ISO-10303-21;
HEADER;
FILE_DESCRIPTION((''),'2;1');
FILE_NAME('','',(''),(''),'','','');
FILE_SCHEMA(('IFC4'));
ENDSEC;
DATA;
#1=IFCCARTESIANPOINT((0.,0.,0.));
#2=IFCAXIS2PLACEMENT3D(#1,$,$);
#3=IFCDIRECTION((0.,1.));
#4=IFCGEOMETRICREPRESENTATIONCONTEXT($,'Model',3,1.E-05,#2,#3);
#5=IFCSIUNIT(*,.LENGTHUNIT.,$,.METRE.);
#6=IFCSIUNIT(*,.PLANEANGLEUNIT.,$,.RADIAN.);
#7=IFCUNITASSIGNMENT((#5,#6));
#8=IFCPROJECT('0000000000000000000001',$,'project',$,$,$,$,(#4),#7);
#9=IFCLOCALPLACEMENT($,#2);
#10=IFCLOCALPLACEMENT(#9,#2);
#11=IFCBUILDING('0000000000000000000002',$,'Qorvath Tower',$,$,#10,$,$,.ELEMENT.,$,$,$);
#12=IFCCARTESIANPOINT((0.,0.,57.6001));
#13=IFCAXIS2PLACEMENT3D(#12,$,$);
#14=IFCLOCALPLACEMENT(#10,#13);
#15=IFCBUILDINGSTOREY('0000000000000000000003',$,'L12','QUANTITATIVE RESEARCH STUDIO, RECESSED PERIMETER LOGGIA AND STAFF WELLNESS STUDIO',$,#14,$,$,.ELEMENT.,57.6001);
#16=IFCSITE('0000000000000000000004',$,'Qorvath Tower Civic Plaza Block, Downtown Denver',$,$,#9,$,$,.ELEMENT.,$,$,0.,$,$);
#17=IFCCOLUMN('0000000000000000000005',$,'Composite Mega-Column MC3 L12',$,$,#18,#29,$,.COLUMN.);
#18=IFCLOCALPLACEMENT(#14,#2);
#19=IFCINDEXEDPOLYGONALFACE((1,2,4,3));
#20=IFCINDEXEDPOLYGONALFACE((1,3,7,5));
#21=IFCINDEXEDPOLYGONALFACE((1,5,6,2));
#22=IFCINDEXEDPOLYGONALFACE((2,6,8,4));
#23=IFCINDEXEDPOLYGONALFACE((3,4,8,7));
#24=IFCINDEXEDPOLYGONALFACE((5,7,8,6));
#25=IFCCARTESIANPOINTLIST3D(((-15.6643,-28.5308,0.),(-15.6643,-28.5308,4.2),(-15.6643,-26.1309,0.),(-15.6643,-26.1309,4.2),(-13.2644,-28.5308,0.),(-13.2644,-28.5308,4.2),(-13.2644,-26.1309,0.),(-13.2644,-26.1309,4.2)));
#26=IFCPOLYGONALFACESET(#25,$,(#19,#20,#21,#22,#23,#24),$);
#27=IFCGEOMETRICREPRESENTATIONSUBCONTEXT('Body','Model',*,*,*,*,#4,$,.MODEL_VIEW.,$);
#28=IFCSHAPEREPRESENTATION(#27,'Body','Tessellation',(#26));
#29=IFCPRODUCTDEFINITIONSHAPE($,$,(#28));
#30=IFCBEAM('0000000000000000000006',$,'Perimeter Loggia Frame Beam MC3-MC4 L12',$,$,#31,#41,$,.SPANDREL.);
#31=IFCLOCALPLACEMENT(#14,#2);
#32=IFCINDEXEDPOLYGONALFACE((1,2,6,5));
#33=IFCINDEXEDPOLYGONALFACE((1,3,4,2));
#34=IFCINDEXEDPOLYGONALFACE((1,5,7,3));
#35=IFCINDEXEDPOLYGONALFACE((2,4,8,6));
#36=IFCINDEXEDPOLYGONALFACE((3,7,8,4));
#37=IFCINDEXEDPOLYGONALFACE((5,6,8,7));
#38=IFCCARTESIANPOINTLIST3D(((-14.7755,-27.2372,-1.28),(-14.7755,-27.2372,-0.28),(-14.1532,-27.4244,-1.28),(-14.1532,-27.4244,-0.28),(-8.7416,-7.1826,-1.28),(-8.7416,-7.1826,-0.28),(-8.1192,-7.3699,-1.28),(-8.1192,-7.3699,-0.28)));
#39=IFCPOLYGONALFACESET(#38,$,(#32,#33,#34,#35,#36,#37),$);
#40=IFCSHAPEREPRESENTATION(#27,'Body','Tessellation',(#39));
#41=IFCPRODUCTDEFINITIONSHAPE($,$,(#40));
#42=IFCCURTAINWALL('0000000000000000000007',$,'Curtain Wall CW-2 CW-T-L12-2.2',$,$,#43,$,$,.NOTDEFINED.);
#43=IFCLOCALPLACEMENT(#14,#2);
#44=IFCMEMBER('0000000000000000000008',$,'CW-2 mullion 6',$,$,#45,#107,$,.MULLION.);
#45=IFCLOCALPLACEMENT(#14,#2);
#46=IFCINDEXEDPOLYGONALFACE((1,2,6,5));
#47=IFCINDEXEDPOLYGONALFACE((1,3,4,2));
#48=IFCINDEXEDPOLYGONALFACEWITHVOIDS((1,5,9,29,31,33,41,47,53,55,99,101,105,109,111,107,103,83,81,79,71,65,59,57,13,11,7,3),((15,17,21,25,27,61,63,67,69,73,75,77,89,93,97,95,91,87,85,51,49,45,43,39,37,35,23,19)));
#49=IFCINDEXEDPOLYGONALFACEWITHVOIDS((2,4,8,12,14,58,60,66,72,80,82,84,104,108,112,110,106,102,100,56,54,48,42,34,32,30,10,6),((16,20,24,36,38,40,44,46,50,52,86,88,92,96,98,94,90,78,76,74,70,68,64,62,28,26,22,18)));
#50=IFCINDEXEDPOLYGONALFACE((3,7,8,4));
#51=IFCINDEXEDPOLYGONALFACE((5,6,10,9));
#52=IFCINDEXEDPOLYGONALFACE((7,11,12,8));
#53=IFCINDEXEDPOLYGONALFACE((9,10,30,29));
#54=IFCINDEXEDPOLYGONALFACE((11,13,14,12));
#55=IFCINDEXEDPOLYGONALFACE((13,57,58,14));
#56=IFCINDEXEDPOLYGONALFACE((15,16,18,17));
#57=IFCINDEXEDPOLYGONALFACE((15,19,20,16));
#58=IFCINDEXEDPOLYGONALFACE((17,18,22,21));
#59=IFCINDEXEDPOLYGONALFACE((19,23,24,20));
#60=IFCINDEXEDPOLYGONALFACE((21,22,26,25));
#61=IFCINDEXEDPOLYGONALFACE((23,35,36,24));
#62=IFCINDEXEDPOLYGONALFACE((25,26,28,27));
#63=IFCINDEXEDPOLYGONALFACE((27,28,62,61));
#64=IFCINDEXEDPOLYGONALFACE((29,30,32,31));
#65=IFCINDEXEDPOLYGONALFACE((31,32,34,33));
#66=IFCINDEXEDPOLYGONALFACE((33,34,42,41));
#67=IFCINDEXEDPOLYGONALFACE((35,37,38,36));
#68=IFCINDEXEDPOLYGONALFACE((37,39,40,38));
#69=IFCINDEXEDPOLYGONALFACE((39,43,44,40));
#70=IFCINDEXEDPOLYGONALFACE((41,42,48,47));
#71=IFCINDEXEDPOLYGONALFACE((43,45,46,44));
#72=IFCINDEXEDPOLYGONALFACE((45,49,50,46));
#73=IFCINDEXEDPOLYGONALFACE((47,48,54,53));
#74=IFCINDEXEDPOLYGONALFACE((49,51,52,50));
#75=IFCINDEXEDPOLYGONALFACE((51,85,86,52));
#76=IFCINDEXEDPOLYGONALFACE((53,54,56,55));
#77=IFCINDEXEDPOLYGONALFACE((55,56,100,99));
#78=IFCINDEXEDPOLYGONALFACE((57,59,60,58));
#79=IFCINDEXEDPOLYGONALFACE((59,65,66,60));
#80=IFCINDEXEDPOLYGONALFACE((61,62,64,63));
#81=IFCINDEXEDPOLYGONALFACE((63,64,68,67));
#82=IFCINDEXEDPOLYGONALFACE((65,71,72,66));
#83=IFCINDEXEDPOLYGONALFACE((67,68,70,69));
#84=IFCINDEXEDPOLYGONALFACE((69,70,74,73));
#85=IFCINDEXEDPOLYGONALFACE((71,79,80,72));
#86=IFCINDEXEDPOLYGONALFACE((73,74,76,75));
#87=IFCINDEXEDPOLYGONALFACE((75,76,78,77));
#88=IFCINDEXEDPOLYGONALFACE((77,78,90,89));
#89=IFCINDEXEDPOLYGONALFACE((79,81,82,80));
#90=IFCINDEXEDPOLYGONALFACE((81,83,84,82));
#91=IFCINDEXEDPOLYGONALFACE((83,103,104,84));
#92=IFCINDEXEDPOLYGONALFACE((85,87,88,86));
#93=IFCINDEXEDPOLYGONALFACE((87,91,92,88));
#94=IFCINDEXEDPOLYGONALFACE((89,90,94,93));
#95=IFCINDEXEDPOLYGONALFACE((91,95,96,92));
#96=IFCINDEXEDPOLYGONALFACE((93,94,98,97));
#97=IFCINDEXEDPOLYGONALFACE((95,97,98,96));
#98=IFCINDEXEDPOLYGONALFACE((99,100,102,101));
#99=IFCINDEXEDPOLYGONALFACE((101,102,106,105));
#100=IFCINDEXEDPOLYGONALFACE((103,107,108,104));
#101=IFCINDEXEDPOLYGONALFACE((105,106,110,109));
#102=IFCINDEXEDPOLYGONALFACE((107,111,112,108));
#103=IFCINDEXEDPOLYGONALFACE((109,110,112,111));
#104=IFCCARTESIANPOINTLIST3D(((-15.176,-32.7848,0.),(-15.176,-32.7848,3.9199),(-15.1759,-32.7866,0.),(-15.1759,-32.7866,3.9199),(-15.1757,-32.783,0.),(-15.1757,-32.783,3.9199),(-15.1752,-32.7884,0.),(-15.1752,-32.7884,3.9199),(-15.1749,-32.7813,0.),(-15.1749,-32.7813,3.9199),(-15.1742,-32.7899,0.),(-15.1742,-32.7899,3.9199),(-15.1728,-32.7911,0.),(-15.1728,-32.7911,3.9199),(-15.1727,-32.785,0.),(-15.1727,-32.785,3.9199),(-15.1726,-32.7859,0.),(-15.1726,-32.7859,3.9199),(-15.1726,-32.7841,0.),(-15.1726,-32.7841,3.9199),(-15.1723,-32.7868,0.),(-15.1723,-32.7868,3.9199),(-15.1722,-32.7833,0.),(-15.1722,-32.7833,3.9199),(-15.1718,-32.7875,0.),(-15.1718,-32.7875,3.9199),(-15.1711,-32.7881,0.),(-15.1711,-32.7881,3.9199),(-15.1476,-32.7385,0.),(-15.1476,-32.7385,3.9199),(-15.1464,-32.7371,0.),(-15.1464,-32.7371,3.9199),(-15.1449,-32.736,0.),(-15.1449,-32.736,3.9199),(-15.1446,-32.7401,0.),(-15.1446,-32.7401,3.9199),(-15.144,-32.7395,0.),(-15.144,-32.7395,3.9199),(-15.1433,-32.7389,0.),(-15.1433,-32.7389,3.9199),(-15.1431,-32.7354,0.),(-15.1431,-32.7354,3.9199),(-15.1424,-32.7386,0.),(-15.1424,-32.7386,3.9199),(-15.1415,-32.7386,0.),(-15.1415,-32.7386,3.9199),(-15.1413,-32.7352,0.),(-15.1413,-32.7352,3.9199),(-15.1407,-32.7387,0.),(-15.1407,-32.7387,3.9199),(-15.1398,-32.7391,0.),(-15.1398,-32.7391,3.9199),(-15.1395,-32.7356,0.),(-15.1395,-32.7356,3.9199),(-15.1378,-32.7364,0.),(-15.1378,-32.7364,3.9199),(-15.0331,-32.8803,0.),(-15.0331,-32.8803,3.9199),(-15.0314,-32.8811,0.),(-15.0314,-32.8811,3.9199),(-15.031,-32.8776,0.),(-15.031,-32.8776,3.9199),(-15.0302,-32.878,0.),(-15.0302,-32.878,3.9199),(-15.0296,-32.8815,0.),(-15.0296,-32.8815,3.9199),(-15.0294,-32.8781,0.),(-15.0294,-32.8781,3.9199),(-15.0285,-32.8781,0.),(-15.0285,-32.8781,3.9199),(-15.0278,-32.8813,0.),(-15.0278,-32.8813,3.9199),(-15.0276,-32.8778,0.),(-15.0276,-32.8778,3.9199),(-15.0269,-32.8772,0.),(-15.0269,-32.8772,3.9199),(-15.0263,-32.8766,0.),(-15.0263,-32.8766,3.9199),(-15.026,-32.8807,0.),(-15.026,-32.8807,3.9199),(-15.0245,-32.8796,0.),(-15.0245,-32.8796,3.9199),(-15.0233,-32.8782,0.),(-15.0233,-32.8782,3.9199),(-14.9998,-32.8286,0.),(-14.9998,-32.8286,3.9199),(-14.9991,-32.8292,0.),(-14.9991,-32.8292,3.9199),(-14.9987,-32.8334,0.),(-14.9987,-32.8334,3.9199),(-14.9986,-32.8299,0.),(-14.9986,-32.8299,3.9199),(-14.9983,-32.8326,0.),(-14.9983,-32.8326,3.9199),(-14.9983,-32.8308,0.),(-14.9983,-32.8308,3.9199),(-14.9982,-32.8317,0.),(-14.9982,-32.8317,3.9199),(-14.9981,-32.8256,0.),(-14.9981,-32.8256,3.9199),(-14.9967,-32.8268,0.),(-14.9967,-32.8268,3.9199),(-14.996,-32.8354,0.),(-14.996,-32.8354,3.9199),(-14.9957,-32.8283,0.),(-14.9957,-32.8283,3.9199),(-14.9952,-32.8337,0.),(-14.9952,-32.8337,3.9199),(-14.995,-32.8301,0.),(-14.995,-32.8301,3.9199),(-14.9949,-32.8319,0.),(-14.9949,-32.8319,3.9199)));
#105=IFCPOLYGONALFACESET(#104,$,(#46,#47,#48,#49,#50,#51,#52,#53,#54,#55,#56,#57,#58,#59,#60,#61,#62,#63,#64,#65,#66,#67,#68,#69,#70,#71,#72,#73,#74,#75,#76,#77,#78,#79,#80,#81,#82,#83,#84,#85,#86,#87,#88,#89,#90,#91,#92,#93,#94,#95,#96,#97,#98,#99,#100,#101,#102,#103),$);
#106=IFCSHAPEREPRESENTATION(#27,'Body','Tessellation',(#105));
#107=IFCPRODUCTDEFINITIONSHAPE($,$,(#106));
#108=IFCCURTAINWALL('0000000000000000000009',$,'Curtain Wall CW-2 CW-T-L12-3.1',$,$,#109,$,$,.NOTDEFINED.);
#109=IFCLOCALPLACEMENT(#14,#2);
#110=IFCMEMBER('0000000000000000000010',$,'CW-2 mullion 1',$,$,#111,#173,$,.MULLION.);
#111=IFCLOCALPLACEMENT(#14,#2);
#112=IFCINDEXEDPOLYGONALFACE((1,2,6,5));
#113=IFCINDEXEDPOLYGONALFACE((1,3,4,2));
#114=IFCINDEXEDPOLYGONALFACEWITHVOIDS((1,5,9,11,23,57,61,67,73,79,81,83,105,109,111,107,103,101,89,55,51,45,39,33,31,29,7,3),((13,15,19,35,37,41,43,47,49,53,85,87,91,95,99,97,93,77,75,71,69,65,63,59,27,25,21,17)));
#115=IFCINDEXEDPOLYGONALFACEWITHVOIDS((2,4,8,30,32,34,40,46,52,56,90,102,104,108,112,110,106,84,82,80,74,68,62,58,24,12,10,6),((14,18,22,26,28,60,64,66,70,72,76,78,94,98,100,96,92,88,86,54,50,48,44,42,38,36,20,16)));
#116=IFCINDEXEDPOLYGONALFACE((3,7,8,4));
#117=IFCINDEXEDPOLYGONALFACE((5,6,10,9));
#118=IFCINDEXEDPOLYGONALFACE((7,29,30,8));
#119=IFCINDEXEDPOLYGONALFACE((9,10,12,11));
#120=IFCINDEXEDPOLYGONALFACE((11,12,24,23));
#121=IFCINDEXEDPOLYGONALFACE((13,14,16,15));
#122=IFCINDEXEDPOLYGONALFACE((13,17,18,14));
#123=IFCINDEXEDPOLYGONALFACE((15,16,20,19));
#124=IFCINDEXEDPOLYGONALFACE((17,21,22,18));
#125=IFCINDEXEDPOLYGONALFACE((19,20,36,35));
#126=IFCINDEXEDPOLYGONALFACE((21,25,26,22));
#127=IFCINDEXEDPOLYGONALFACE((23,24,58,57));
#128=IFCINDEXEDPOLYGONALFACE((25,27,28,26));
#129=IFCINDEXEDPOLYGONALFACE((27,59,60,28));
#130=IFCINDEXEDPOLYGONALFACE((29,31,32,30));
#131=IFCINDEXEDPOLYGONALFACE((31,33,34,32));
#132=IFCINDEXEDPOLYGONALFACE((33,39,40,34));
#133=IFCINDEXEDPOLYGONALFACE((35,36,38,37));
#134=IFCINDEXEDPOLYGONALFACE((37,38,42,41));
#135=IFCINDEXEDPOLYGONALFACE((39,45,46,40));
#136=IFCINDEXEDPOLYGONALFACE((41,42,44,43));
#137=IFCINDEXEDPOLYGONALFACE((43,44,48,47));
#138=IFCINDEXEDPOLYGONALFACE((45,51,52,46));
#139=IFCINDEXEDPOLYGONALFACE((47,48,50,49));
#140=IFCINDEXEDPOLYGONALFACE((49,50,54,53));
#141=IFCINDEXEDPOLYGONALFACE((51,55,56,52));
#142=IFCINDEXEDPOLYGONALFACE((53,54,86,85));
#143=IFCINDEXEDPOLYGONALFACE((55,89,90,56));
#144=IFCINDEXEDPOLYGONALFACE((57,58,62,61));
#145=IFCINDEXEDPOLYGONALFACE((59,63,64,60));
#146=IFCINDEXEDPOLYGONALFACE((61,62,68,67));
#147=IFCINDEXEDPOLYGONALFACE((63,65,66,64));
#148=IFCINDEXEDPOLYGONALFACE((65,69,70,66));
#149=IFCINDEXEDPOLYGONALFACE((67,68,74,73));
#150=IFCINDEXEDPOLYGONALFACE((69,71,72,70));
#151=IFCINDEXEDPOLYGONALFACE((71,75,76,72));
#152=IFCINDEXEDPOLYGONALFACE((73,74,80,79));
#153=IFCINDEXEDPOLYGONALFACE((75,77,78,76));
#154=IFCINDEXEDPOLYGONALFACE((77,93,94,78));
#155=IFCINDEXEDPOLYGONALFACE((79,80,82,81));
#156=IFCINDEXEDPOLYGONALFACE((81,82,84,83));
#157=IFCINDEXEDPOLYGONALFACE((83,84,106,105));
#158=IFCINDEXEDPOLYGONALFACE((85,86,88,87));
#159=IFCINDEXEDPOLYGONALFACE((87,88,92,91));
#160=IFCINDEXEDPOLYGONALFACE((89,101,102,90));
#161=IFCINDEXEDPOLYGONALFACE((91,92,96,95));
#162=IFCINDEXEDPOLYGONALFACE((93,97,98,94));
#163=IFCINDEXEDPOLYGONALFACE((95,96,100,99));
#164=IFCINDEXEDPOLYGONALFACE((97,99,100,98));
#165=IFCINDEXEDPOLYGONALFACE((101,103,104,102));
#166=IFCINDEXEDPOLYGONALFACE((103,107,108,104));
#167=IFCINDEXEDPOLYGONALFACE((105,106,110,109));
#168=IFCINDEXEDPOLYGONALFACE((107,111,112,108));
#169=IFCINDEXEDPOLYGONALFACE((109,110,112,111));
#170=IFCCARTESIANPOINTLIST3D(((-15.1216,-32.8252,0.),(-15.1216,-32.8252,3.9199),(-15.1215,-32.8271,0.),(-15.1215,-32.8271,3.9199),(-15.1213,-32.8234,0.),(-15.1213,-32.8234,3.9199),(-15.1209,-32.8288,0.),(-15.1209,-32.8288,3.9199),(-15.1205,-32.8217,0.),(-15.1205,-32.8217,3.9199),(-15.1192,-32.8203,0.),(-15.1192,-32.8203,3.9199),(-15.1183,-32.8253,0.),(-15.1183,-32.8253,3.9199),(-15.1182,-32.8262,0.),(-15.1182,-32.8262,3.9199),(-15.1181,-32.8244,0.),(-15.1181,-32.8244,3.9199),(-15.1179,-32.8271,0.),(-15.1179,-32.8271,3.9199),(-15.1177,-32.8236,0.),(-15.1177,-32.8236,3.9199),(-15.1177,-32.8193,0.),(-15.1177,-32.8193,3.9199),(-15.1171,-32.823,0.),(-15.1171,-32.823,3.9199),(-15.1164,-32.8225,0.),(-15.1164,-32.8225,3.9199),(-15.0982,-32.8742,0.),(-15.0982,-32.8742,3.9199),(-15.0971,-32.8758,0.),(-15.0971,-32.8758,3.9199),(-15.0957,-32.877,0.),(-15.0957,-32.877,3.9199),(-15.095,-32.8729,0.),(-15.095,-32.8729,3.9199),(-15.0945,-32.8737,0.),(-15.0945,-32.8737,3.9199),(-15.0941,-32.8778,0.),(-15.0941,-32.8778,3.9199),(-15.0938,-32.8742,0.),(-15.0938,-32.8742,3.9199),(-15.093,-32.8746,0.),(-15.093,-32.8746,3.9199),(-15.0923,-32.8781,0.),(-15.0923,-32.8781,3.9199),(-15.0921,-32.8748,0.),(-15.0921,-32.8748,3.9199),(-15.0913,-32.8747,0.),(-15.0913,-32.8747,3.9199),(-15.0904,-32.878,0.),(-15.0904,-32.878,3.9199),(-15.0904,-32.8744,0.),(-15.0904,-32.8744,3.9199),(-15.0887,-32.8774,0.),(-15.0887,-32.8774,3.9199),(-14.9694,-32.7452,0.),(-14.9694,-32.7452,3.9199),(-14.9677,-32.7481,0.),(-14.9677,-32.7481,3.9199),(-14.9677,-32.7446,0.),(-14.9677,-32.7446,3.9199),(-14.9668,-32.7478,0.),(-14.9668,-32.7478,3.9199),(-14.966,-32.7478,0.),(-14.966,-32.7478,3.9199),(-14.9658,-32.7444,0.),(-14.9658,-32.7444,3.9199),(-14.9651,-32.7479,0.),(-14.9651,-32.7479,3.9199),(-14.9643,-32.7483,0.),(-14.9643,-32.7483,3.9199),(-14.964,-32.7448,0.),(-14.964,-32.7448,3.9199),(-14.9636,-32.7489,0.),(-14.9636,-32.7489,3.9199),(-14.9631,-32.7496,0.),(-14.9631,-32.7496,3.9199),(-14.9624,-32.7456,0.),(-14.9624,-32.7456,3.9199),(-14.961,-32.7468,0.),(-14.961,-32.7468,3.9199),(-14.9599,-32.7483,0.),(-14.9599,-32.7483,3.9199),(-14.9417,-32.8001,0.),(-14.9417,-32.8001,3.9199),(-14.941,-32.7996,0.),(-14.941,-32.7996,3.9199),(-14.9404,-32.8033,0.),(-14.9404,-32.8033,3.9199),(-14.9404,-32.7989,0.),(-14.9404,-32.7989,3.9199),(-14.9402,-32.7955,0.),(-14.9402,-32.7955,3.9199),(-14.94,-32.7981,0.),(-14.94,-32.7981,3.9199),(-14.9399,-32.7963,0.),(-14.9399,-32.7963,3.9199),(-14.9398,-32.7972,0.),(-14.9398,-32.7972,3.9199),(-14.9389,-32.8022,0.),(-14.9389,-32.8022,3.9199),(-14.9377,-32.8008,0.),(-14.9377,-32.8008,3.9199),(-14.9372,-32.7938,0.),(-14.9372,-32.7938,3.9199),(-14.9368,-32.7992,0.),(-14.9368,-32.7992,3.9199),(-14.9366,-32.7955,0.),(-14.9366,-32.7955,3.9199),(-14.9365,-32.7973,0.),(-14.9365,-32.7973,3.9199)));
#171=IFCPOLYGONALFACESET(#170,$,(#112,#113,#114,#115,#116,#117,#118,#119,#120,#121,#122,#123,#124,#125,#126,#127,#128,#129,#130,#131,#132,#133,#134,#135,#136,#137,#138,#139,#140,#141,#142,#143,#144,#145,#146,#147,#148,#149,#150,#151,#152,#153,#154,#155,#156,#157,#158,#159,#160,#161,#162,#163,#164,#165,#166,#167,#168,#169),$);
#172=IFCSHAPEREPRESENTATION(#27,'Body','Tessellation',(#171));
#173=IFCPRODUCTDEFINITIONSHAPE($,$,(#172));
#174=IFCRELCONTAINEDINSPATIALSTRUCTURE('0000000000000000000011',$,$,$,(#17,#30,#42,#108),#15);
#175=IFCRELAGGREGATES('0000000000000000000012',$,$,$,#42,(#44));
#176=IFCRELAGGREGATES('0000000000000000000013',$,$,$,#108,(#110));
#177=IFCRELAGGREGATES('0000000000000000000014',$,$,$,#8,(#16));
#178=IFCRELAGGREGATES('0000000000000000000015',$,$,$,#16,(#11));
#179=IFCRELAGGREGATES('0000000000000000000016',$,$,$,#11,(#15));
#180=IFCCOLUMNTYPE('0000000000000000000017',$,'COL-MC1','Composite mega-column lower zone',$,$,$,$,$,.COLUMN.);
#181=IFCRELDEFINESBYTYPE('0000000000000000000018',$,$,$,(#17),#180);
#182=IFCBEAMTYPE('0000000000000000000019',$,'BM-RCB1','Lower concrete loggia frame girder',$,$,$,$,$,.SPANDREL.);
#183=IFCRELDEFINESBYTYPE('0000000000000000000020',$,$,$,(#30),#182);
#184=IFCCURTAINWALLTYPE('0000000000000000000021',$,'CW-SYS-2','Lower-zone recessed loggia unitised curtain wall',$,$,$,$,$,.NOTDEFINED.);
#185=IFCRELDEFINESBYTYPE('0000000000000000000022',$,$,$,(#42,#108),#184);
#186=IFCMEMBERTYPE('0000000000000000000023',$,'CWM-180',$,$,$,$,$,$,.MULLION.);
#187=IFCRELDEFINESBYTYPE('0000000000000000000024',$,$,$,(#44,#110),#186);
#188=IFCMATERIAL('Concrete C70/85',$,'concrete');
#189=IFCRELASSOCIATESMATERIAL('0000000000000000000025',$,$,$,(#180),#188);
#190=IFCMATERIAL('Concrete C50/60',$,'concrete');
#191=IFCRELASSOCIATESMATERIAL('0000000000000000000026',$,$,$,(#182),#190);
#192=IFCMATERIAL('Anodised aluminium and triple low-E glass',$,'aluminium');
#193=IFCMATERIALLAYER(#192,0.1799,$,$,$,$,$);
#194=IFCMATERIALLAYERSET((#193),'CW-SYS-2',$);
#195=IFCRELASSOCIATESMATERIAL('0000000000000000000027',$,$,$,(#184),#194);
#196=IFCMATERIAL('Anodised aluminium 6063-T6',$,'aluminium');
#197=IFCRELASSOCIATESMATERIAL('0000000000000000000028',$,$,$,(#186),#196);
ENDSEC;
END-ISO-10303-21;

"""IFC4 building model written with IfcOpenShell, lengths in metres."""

from ifc_helpers import new_model, si_unit, direction, frame, origin, origin_2d, place, context, subcontext, project, spatial, rectangle, hollow_rectangle, extrude, material, layer, layer_set, material_profile, profile_set, type_object, element, aggregate, save


model = new_model("IFC4")

# Units and contexts
model_context = context("Model", 3, precision=1e-05, world=origin(), true_north=direction((0.0, 1.0)))
body_context = subcontext(model_context, "Body", "Model", "MODEL_VIEW")
ifc_project = project(units=[si_unit("LENGTHUNIT", "METRE"), si_unit("PLANEANGLEUNIT", "RADIAN")], contexts=[model_context])

# Site, building, storey
site_placement = place(None, origin())
site = spatial("IfcSite", under=ifc_project, at=site_placement, Name="Qorvath Tower Civic Plaza Block, Downtown Denver", CompositionType="ELEMENT", RefElevation=0.0)
building_placement = place(site_placement, origin())
building = spatial("IfcBuilding", under=site, at=building_placement, Name="Qorvath Tower", CompositionType="ELEMENT")
storey_placement = place(building_placement, frame((0.0, 0.0, 57.6001)))
storey = spatial("IfcBuildingStorey", under=building, at=storey_placement, Name="L12", Description="QUANTITATIVE RESEARCH STUDIO, RECESSED PERIMETER LOGGIA AND STAFF WELLNESS STUDIO", CompositionType="ELEMENT", Elevation=57.6001)

# Column
ifc_material_1 = material(Name="Concrete C70/85", Category="concrete")
ifc_material_profile_1 = material_profile(ifc_material_1, rectangle(XDim=2.3999, YDim=2.3999, at=origin_2d()), Name="MC 2400x2400")
ifc_profile_set_1 = profile_set([ifc_material_profile_1], Name="Concrete C70/85")
column_type = type_object("IfcColumnType", Name="COL-MC1", Description="Composite mega-column lower zone", PredefinedType="COLUMN", material=ifc_profile_set_1)
column_placement = place(storey_placement, frame((-14.4644, -27.3308, 0.0), z_axis=(0.0, 0.0, 1.0), x_axis=(1.0, 0.0, 0.0)))
element("IfcColumn", 1, at=column_placement, inside=storey, type_object=column_type, Name="Composite Mega-Column MC3 L12", PredefinedType="COLUMN", context=body_context, shape_type="SweptSolid", body=[
    extrude(rectangle(XDim=2.3999, YDim=2.3999, at=origin_2d()), origin(), (0.0, 0.0, 1.0), 4.2),
])

# Beam
ifc_material_2 = material(Name="Concrete C50/60", Category="concrete")
ifc_material_profile_2 = material_profile(ifc_material_2, rectangle(XDim=0.6499, YDim=1.0, at=origin_2d()), Name="RCB 1000x650")
ifc_profile_set_2 = profile_set([ifc_material_profile_2], Name="Concrete C50/60")
beam_type = type_object("IfcBeamType", Name="BM-RCB1", Description="Lower concrete loggia frame girder", PredefinedType="SPANDREL", material=ifc_profile_set_2)
beam_placement = place(storey_placement, frame((-14.4644, -27.3308, -0.78), z_axis=(0.288119, 0.957595, 0.0), x_axis=(-0.957595, 0.288119, 0.0)))
element("IfcBeam", 2, at=beam_placement, inside=storey, type_object=beam_type, Name="Perimeter Loggia Frame Beam MC3-MC4 L12", PredefinedType="SPANDREL", context=body_context, shape_type="SweptSolid", body=[
    extrude(rectangle(XDim=0.6499, YDim=1.0, at=origin_2d()), origin(), (0.0, 0.0, 1.0), 20.9426),
])

# Curtain wall, member
ifc_material_3 = material(Name="Anodised aluminium and triple low-E glass", Category="aluminium")
ifc_layer_1 = layer(ifc_material_3, 0.1799)
ifc_layer_set_1 = layer_set([ifc_layer_1], Name="CW-SYS-2")
curtain_wall_type = type_object("IfcCurtainWallType", Name="CW-SYS-2", Description="Lower-zone recessed loggia unitised curtain wall", PredefinedType="NOTDEFINED", material=ifc_layer_set_1)
curtain_wall_1_placement = place(storey_placement, origin())
curtain_wall_1 = element("IfcCurtainWall", 3, at=curtain_wall_1_placement, inside=storey, type_object=curtain_wall_type, Name="Curtain Wall CW-2 CW-T-L12-2.2", PredefinedType="NOTDEFINED")
ifc_material_4 = material(Name="Anodised aluminium 6063-T6", Category="aluminium")
ifc_material_profile_3 = material_profile(ifc_material_4, hollow_rectangle(XDim=0.0649, YDim=0.1799, WallThickness=0.0034, InnerFilletRadius=0.0034, OuterFilletRadius=0.0071, at=origin_2d()), Name="CWM 180x65")
ifc_profile_set_3 = profile_set([ifc_material_profile_3], Name="Anodised aluminium 6063-T6")
member_type_1 = type_object("IfcMemberType", Name="CWM-180", PredefinedType="MULLION", material=ifc_profile_set_3)
member_1_placement = place(storey_placement, frame((-15.0854, -32.8083, 0.0), z_axis=(0.0, 0.0, 1.0), x_axis=(0.538536, 0.842602, 0.0)))
member_1 = element("IfcMember", 4, at=member_1_placement, type_object=member_type_1, Name="CW-2 mullion 6", PredefinedType="MULLION", context=body_context, shape_type="SweptSolid", body=[
    extrude(hollow_rectangle(XDim=0.0649, YDim=0.1799, WallThickness=0.0034, InnerFilletRadius=0.0034, OuterFilletRadius=0.0071, at=origin_2d()), origin(), (0.0, 0.0, 1.0), 3.9199),
])

# Curtain wall, member
curtain_wall_2_placement = place(storey_placement, origin())
curtain_wall_2 = element("IfcCurtainWall", 5, at=curtain_wall_2_placement, inside=storey, type_object=curtain_wall_type, Name="Curtain Wall CW-2 CW-T-L12-3.1", PredefinedType="NOTDEFINED")
member_2_placement = place(storey_placement, frame((-15.0291, -32.8113, 0.0), z_axis=(0.0, 0.0, 1.0), x_axis=(-0.447214, 0.894427, 0.0)))
member_2 = element("IfcMember", 6, at=member_2_placement, type_object=member_type_1, Name="CW-2 mullion 1", PredefinedType="MULLION", context=body_context, shape_type="SweptSolid", body=[
    extrude(hollow_rectangle(XDim=0.0649, YDim=0.1799, WallThickness=0.0034, InnerFilletRadius=0.0034, OuterFilletRadius=0.0071, at=origin_2d()), origin(), (0.0, 0.0, 1.0), 3.9199),
])

aggregate(curtain_wall_1, [member_1])
aggregate(curtain_wall_2, [member_2])

save(model, "model.ifc")
